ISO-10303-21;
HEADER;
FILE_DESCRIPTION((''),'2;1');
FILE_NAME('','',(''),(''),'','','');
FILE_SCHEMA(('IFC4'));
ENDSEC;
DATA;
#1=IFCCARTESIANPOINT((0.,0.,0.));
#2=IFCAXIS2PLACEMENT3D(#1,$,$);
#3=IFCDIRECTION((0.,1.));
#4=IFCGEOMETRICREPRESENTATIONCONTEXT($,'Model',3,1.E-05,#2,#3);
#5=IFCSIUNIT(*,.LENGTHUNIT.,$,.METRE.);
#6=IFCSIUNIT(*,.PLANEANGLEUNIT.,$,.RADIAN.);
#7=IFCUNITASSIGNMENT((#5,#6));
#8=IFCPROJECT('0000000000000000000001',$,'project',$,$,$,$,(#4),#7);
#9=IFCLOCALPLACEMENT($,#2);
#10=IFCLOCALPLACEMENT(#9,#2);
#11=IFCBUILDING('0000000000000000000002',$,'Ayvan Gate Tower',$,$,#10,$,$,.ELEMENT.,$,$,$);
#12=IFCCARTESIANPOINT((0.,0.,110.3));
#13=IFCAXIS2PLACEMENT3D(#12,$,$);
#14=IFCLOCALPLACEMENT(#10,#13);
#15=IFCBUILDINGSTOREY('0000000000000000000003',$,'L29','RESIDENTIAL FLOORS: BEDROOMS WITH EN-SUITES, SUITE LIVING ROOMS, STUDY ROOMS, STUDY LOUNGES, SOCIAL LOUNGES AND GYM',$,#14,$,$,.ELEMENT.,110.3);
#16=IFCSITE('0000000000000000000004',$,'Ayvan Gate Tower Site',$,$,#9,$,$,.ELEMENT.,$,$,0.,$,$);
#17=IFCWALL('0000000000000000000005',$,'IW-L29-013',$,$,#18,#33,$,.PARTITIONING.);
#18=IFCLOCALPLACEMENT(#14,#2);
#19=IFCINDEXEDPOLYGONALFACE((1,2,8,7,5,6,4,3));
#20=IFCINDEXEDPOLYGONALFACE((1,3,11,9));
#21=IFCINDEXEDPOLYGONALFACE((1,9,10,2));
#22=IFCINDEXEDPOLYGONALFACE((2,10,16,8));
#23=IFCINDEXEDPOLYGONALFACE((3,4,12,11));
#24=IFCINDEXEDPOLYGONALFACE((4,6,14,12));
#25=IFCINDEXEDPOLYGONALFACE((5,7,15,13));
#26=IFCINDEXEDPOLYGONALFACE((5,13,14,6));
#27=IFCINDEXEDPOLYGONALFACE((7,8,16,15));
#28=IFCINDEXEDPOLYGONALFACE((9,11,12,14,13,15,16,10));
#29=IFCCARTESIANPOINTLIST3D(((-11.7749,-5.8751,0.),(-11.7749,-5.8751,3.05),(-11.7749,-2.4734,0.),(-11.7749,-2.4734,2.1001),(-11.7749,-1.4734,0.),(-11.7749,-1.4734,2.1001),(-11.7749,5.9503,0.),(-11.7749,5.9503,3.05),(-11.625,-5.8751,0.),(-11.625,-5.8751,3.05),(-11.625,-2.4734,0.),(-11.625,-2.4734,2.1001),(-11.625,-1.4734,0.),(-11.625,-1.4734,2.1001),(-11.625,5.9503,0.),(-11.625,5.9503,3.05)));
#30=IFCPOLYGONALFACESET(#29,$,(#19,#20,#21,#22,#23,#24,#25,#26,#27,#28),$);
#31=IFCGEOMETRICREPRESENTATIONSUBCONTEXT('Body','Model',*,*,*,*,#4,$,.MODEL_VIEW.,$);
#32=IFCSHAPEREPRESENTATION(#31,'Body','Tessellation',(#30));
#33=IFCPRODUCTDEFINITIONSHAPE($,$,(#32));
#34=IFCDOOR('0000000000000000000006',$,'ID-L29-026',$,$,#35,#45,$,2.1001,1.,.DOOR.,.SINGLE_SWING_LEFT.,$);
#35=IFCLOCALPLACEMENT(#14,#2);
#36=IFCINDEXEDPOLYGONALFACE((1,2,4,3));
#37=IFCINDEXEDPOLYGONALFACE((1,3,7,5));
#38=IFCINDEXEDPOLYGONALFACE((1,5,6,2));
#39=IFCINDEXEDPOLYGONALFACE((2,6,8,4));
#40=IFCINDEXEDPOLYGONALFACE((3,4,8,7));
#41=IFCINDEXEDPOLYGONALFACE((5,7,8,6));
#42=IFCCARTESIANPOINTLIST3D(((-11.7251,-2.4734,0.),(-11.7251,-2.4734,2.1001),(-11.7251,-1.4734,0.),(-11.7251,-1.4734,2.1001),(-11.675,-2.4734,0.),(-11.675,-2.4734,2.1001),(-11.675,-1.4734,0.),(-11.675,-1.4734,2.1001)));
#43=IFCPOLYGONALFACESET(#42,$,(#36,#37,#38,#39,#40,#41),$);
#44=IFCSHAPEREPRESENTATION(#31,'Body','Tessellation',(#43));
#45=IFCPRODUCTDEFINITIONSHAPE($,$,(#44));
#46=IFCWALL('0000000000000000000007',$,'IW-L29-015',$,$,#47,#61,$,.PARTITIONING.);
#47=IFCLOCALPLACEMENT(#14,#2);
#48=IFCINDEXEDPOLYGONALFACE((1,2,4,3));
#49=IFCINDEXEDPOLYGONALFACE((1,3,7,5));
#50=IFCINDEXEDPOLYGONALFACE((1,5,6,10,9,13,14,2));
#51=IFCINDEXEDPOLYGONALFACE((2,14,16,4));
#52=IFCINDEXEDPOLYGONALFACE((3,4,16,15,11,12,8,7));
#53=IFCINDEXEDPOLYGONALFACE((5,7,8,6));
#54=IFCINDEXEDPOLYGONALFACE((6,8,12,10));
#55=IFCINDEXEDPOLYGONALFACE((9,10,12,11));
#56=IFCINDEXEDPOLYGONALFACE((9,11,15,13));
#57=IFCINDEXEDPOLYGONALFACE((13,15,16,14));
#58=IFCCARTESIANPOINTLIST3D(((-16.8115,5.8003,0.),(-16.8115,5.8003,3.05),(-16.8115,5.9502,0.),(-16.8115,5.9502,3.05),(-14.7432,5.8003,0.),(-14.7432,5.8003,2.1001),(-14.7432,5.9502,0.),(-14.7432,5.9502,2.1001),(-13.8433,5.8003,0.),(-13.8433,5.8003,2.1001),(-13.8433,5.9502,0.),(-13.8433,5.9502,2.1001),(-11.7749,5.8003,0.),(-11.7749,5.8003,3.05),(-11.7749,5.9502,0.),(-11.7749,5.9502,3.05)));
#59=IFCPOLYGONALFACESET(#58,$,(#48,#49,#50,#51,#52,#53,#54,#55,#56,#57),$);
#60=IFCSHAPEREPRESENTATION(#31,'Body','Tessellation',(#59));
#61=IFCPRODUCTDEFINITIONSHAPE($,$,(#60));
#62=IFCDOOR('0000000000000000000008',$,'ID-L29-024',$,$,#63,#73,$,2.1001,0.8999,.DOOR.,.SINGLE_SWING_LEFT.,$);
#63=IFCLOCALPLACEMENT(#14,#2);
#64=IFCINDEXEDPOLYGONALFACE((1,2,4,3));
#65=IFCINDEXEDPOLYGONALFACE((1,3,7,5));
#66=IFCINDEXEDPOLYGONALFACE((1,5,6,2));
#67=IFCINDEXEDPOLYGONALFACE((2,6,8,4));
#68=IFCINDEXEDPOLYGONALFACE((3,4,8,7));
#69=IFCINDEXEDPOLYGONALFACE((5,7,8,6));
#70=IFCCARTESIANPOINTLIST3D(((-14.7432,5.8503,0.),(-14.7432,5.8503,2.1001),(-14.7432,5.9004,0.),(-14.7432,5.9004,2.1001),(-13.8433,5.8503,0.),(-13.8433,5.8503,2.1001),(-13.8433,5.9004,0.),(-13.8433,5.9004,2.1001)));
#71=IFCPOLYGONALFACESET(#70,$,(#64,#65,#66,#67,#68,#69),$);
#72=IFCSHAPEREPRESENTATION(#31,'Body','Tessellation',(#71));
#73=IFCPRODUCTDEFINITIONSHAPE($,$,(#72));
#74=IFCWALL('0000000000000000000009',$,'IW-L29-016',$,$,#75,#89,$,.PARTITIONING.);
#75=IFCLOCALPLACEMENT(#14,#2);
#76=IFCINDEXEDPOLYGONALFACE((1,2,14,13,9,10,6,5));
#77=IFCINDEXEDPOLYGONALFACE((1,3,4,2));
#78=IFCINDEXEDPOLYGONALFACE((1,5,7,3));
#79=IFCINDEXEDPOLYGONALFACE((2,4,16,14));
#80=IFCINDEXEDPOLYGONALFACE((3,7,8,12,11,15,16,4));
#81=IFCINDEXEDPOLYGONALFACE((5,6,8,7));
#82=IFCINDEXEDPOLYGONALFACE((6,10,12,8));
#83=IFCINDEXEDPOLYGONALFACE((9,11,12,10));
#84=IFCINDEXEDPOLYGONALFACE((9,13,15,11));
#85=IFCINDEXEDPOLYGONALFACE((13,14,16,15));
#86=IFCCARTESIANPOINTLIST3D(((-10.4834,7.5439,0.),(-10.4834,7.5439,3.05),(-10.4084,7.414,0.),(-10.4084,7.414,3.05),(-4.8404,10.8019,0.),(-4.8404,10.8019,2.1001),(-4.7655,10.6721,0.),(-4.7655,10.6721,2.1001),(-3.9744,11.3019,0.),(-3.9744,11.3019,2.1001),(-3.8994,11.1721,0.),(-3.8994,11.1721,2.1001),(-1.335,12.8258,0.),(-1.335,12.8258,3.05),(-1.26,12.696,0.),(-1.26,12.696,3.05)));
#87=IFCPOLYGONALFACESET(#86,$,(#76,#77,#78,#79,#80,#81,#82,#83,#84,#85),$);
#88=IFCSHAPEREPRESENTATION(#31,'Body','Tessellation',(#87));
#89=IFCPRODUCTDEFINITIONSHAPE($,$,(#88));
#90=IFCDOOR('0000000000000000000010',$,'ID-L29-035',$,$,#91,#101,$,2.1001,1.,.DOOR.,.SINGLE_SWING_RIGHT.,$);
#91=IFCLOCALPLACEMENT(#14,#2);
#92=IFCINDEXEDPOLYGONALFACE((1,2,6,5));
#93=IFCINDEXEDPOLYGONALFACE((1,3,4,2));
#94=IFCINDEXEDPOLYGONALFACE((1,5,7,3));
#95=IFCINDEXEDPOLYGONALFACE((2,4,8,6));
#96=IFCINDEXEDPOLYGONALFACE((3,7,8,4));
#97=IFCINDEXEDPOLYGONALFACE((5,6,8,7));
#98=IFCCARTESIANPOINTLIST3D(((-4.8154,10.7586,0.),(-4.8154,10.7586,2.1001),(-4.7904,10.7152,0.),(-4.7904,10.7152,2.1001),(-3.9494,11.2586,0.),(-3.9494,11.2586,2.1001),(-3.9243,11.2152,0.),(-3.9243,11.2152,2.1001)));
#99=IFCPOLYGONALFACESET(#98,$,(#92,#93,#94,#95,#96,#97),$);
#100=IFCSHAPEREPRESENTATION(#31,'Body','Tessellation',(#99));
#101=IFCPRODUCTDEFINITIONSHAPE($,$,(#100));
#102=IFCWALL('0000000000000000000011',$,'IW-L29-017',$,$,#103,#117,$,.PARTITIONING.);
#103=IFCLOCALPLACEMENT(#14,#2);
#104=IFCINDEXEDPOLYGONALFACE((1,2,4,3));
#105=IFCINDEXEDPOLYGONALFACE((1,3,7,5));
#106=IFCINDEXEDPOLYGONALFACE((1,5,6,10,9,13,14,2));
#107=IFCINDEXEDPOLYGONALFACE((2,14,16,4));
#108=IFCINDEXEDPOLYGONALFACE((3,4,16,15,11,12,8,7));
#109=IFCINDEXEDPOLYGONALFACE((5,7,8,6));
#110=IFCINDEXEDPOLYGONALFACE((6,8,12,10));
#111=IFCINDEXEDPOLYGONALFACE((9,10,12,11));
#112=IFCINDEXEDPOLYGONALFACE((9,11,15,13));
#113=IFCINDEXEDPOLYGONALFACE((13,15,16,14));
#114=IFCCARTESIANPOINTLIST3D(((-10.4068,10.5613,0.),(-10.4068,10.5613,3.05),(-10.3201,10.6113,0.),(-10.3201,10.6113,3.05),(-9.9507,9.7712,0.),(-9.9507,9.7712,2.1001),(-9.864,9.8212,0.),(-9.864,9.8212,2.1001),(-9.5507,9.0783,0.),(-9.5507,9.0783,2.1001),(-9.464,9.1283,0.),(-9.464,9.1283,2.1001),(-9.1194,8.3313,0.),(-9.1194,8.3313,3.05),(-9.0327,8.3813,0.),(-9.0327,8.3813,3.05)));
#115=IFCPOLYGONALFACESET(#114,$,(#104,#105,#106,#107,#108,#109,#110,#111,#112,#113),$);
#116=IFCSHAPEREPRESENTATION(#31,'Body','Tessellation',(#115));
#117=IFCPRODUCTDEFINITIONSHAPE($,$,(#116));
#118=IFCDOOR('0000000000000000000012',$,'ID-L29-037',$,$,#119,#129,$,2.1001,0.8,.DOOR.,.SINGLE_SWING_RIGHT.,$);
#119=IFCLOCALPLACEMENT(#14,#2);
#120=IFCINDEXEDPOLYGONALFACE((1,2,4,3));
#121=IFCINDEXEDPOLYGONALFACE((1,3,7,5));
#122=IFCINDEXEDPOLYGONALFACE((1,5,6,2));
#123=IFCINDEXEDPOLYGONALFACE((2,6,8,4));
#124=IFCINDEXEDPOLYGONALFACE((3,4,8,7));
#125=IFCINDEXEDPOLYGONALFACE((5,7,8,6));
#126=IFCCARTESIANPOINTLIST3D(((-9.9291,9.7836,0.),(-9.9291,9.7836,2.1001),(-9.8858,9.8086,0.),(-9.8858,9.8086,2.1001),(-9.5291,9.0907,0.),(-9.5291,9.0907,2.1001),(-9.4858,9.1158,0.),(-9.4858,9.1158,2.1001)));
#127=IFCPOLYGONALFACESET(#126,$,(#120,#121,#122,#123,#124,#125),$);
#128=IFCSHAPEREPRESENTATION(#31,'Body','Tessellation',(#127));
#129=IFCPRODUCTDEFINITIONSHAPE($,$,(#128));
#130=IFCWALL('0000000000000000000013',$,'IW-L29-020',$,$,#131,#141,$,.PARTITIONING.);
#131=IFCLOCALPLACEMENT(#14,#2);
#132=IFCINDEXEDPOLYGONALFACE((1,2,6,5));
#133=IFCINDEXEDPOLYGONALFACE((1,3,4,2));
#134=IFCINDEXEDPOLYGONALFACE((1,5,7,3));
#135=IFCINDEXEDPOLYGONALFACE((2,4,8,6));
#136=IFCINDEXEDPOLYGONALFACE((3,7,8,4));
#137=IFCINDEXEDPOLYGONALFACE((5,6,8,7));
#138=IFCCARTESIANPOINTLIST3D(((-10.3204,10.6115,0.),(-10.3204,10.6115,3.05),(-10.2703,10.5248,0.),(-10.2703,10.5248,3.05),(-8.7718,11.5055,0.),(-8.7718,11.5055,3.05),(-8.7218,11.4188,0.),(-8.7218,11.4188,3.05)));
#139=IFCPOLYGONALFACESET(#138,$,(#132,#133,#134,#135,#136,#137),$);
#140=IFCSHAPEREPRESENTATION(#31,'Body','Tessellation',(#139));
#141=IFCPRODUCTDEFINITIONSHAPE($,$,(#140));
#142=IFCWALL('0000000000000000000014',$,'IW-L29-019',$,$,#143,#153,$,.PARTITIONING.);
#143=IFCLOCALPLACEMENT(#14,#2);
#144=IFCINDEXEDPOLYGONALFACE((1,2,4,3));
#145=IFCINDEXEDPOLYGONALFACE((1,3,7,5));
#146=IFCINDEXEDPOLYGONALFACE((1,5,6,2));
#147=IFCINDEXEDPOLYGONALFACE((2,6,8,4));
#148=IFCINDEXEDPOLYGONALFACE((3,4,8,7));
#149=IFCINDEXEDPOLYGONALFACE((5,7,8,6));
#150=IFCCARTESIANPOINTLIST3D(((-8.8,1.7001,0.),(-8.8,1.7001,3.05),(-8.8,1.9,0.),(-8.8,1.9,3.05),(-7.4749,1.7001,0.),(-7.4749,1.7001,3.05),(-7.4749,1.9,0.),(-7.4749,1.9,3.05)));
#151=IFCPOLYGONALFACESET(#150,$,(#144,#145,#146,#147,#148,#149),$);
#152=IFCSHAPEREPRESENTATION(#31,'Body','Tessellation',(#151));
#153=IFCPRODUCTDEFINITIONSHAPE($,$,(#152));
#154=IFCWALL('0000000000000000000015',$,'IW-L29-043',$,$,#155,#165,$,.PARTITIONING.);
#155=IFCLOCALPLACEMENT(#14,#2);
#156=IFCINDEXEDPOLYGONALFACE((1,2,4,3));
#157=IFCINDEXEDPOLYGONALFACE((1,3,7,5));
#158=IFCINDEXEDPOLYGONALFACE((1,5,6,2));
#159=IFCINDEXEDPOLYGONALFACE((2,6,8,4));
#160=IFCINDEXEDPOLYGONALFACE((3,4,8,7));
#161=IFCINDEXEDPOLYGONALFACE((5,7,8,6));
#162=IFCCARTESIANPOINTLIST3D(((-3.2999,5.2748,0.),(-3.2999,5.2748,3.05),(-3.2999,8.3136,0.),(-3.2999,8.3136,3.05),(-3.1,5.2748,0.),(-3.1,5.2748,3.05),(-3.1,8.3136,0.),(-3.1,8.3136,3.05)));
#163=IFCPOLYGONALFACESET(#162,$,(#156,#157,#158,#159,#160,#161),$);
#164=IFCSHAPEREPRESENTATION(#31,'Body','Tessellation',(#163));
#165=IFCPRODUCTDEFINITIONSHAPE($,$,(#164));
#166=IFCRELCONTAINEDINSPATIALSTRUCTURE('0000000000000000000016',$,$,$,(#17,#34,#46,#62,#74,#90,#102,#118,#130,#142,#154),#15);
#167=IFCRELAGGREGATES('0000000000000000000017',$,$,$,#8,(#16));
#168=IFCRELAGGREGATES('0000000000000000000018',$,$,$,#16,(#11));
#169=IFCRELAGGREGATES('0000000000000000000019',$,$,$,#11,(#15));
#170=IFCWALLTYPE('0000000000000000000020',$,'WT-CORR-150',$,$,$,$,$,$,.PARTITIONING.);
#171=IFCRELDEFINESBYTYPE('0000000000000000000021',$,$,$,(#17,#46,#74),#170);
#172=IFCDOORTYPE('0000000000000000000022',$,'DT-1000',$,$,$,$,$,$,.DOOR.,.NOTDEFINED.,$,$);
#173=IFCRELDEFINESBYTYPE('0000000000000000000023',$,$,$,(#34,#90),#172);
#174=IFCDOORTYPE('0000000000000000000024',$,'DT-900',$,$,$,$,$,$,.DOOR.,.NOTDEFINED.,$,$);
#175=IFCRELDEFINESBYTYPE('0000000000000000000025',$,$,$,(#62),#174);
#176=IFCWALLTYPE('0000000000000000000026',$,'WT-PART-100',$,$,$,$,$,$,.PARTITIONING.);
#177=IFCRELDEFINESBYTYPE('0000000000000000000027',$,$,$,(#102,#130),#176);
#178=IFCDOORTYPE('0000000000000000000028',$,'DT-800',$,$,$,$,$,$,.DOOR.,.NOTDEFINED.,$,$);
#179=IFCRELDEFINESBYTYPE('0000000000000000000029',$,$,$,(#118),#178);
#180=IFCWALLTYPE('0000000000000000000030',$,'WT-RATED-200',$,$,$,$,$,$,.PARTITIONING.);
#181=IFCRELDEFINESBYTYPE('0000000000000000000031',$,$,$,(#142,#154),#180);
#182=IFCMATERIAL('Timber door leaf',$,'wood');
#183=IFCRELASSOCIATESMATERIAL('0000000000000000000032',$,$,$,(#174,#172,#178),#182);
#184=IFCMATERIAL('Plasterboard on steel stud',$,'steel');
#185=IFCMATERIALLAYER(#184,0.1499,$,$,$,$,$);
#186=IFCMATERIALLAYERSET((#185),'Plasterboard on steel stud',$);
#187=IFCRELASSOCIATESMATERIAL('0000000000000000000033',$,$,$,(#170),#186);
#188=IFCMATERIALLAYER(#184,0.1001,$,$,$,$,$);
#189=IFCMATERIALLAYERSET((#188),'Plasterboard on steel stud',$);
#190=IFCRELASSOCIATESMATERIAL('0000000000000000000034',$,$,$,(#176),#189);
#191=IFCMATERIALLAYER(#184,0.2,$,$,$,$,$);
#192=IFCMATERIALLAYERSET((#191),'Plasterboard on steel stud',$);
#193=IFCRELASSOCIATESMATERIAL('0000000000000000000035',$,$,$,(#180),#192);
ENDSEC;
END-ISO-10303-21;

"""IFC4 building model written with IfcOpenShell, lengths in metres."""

from ifc_helpers import new_model, si_unit, direction, frame, frame_2d, origin, place, context, subcontext, project, spatial, rectangle, extrude, material, layer, layer_set, type_object, element, fill, save


model = new_model("IFC4")

# Units and contexts
model_context = context("Model", 3, precision=1e-05, world=origin(), true_north=direction((0.0, 1.0)))
body_context = subcontext(model_context, "Body", "Model", "MODEL_VIEW")
ifc_project = project(units=[si_unit("LENGTHUNIT", "METRE"), si_unit("PLANEANGLEUNIT", "RADIAN")], contexts=[model_context])

# Site, building, storey
site_placement = place(None, origin())
site = spatial("IfcSite", under=ifc_project, at=site_placement, Name="Ayvan Gate Tower Site", CompositionType="ELEMENT", RefElevation=0.0)
building_placement = place(site_placement, origin())
building = spatial("IfcBuilding", under=site, at=building_placement, Name="Ayvan Gate Tower", CompositionType="ELEMENT")
storey_placement = place(building_placement, frame((0.0, 0.0, 110.3)))
storey = spatial("IfcBuildingStorey", under=building, at=storey_placement, Name="L29", Description="RESIDENTIAL FLOORS: BEDROOMS WITH EN-SUITES, SUITE LIVING ROOMS, STUDY ROOMS, STUDY LOUNGES, SOCIAL LOUNGES AND GYM", CompositionType="ELEMENT", Elevation=110.3)

# Shared definitions
ifc_material_1 = material(Name="Timber door leaf", Category="wood")
door_type_1 = type_object("IfcDoorType", Name="DT-900", OperationType="NOTDEFINED", PredefinedType="DOOR", material=ifc_material_1)

# Walls, openings, doors
ifc_material_2 = material(Name="Plasterboard on steel stud", Category="steel")
ifc_layer_1 = layer(ifc_material_2, 0.1499)
ifc_layer_set_1 = layer_set([ifc_layer_1], Name="Plasterboard on steel stud")
wall_type_1 = type_object("IfcWallType", Name="WT-CORR-150", PredefinedType="PARTITIONING", material=ifc_layer_set_1)
wall_1_placement = place(storey_placement, frame((-11.7, 5.9502, 0.0), z_axis=(0.0, 0.0, 1.0), x_axis=(0.0, -1.0, 0.0)))
wall_1 = element("IfcWall", 1, at=wall_1_placement, inside=storey, type_object=wall_type_1, Name="IW-L29-013", PredefinedType="PARTITIONING", context=body_context, shape_type="SweptSolid", body=[
    extrude(rectangle(XDim=11.8254, YDim=0.1499, at=frame_2d((5.9126, 0.0))), origin(), (0.0, 0.0, 1.0), 3.05),
])
opening_1_placement = place(wall_1_placement, frame((7.4236, 0.0, 0.0)))
opening_1 = element("IfcOpeningElement", 2, at=opening_1_placement, cuts=wall_1, PredefinedType="OPENING", context=body_context, shape_type="SweptSolid", body=[
    extrude(rectangle(XDim=1.0, YDim=2.1001, at=frame_2d((0.5, 1.05))), frame((0.0, 0.085, 0.0), z_axis=(0.0, -1.0, 0.0), x_axis=(1.0, 0.0, 0.0)), (0.0, 0.0, 1.0), 0.1699),
])
door_type_2 = type_object("IfcDoorType", Name="DT-1000", OperationType="NOTDEFINED", PredefinedType="DOOR", material=ifc_material_1)
door_1_placement = place(opening_1_placement, origin())
door_1 = element("IfcDoor", 3, at=door_1_placement, inside=storey, type_object=door_type_2, Name="ID-L29-026", OperationType="SINGLE_SWING_LEFT", OverallHeight=2.1001, OverallWidth=1.0, PredefinedType="DOOR", context=body_context, shape_type="SweptSolid", body=[
    extrude(rectangle(XDim=1.0, YDim=2.1001, at=frame_2d((0.5, 1.05))), frame((0.0, 0.0249, 0.0), z_axis=(0.0, -1.0, 0.0), x_axis=(1.0, 0.0, 0.0)), (0.0, 0.0, 1.0), 0.05),
])
fill(opening_1, door_1)
wall_2_placement = place(storey_placement, frame((-11.7749, 5.8752, 0.0), z_axis=(0.0, 0.0, 1.0), x_axis=(-1.0, 0.0, 0.0)))
wall_2 = element("IfcWall", 4, at=wall_2_placement, inside=storey, type_object=wall_type_1, Name="IW-L29-015", PredefinedType="PARTITIONING", context=body_context, shape_type="SweptSolid", body=[
    extrude(rectangle(XDim=5.0366, YDim=0.1499, at=frame_2d((2.5183, 0.0))), origin(), (0.0, 0.0, 1.0), 3.05),
])
opening_2_placement = place(wall_2_placement, frame((2.0684, 0.0, 0.0)))
opening_2 = element("IfcOpeningElement", 5, at=opening_2_placement, cuts=wall_2, PredefinedType="OPENING", context=body_context, shape_type="SweptSolid", body=[
    extrude(rectangle(XDim=0.8999, YDim=2.1001, at=frame_2d((0.45, 1.05))), frame((0.0, 0.085, 0.0), z_axis=(0.0, -1.0, 0.0), x_axis=(1.0, 0.0, 0.0)), (0.0, 0.0, 1.0), 0.1699),
])
door_2_placement = place(opening_2_placement, origin())
door_2 = element("IfcDoor", 6, at=door_2_placement, inside=storey, type_object=door_type_1, Name="ID-L29-024", OperationType="SINGLE_SWING_LEFT", OverallHeight=2.1001, OverallWidth=0.8999, PredefinedType="DOOR", context=body_context, shape_type="SweptSolid", body=[
    extrude(rectangle(XDim=0.8999, YDim=2.1001, at=frame_2d((0.45, 1.05))), frame((0.0, 0.0249, 0.0), z_axis=(0.0, -1.0, 0.0), x_axis=(1.0, 0.0, 0.0)), (0.0, 0.0, 1.0), 0.05),
])
fill(opening_2, door_2)
wall_3_placement = place(storey_placement, frame((-10.4458, 7.479, 0.0), z_axis=(0.0, 0.0, 1.0), x_axis=(0.86602, 0.500009, 0.0)))
wall_3 = element("IfcWall", 7, at=wall_3_placement, inside=storey, type_object=wall_type_1, Name="IW-L29-016", PredefinedType="PARTITIONING", context=body_context, shape_type="SweptSolid", body=[
    extrude(rectangle(XDim=10.5637, YDim=0.1499, at=frame_2d((5.2817, 0.0))), origin(), (0.0, 0.0, 1.0), 3.05),
])
opening_3_placement = place(wall_3_placement, frame((6.5159, 0.0, 0.0)))
opening_3 = element("IfcOpeningElement", 8, at=opening_3_placement, cuts=wall_3, PredefinedType="OPENING", context=body_context, shape_type="SweptSolid", body=[
    extrude(rectangle(XDim=1.0, YDim=2.1001, at=frame_2d((0.5, 1.05))), frame((0.0, 0.085, 0.0), z_axis=(0.0, -1.0, 0.0), x_axis=(1.0, 0.0, 0.0)), (0.0, 0.0, 1.0), 0.1699),
])
door_3_placement = place(opening_3_placement, origin())
door_3 = element("IfcDoor", 9, at=door_3_placement, inside=storey, type_object=door_type_2, Name="ID-L29-035", OperationType="SINGLE_SWING_RIGHT", OverallHeight=2.1001, OverallWidth=1.0, PredefinedType="DOOR", context=body_context, shape_type="SweptSolid", body=[
    extrude(rectangle(XDim=1.0, YDim=2.1001, at=frame_2d((0.5, 1.05))), frame((0.0, 0.0249, 0.0), z_axis=(0.0, -1.0, 0.0), x_axis=(1.0, 0.0, 0.0)), (0.0, 0.0, 1.0), 0.05),
])
fill(opening_3, door_3)
ifc_layer_2 = layer(ifc_material_2, 0.1001)
ifc_layer_set_2 = layer_set([ifc_layer_2], Name="Plasterboard on steel stud")
wall_type_2 = type_object("IfcWallType", Name="WT-PART-100", PredefinedType="PARTITIONING", material=ifc_layer_set_2)
wall_4_placement = place(storey_placement, frame((-10.3635, 10.5864, 0.0), z_axis=(0.0, 0.0, 1.0), x_axis=(0.499963, -0.866047, 0.0)))
wall_4 = element("IfcWall", 10, at=wall_4_placement, inside=storey, type_object=wall_type_2, Name="IW-L29-017", PredefinedType="PARTITIONING", context=body_context, shape_type="SweptSolid", body=[
    extrude(rectangle(XDim=2.575, YDim=0.1001, at=frame_2d((1.2876, 0.0))), origin(), (0.0, 0.0, 1.0), 3.05),
])
opening_4_placement = place(wall_4_placement, frame((0.9126, 0.0, 0.0)))
opening_4 = element("IfcOpeningElement", 11, at=opening_4_placement, cuts=wall_4, PredefinedType="OPENING", context=body_context, shape_type="SweptSolid", body=[
    extrude(rectangle(XDim=0.8, YDim=2.1001, at=frame_2d((0.3999, 1.05))), frame((0.0, 0.0601, 0.0), z_axis=(0.0, -1.0, 0.0), x_axis=(1.0, 0.0, 0.0)), (0.0, 0.0, 1.0), 0.1201),
])
door_type_3 = type_object("IfcDoorType", Name="DT-800", OperationType="NOTDEFINED", PredefinedType="DOOR", material=ifc_material_1)
door_4_placement = place(opening_4_placement, origin())
door_4 = element("IfcDoor", 12, at=door_4_placement, inside=storey, type_object=door_type_3, Name="ID-L29-037", OperationType="SINGLE_SWING_RIGHT", OverallHeight=2.1001, OverallWidth=0.8, PredefinedType="DOOR", context=body_context, shape_type="SweptSolid", body=[
    extrude(rectangle(XDim=0.8, YDim=2.1001, at=frame_2d((0.3999, 1.05))), frame((0.0, 0.0249, 0.0), z_axis=(0.0, -1.0, 0.0), x_axis=(1.0, 0.0, 0.0)), (0.0, 0.0, 1.0), 0.05),
])
fill(opening_4, door_4)

# Walls
wall_5_placement = place(storey_placement, frame((-8.7468, 11.4622, 0.0), z_axis=(0.0, 0.0, 1.0), x_axis=(-0.866033, -0.499986, 0.0)))
element("IfcWall", 13, at=wall_5_placement, inside=storey, type_object=wall_type_2, Name="IW-L29-020", PredefinedType="PARTITIONING", context=body_context, shape_type="SweptSolid", body=[
    extrude(rectangle(XDim=1.7881, YDim=0.1001, at=frame_2d((0.894, 0.0))), origin(), (0.0, 0.0, 1.0), 3.05),
])
ifc_layer_3 = layer(ifc_material_2, 0.2)
ifc_layer_set_3 = layer_set([ifc_layer_3], Name="Plasterboard on steel stud")
wall_type_3 = type_object("IfcWallType", Name="WT-RATED-200", PredefinedType="PARTITIONING", material=ifc_layer_set_3)
wall_6_placement = place(storey_placement, frame((-8.8, 1.8, 0.0), z_axis=(0.0, 0.0, 1.0), x_axis=(1.0, 0.0, 0.0)))
element("IfcWall", 14, at=wall_6_placement, inside=storey, type_object=wall_type_3, Name="IW-L29-019", PredefinedType="PARTITIONING", context=body_context, shape_type="SweptSolid", body=[
    extrude(rectangle(XDim=1.3252, YDim=0.2, at=frame_2d((0.6626, 0.0))), origin(), (0.0, 0.0, 1.0), 3.05),
])
wall_7_placement = place(storey_placement, frame((-3.2, 8.3137, 0.0), z_axis=(0.0, 0.0, 1.0), x_axis=(0.0, -1.0, 0.0)))
element("IfcWall", 15, at=wall_7_placement, inside=storey, type_object=wall_type_3, Name="IW-L29-043", PredefinedType="PARTITIONING", context=body_context, shape_type="SweptSolid", body=[
    extrude(rectangle(XDim=3.0388, YDim=0.2, at=frame_2d((1.5195, 0.0))), origin(), (0.0, 0.0, 1.0), 3.05),
])

save(model, "model.ifc")
